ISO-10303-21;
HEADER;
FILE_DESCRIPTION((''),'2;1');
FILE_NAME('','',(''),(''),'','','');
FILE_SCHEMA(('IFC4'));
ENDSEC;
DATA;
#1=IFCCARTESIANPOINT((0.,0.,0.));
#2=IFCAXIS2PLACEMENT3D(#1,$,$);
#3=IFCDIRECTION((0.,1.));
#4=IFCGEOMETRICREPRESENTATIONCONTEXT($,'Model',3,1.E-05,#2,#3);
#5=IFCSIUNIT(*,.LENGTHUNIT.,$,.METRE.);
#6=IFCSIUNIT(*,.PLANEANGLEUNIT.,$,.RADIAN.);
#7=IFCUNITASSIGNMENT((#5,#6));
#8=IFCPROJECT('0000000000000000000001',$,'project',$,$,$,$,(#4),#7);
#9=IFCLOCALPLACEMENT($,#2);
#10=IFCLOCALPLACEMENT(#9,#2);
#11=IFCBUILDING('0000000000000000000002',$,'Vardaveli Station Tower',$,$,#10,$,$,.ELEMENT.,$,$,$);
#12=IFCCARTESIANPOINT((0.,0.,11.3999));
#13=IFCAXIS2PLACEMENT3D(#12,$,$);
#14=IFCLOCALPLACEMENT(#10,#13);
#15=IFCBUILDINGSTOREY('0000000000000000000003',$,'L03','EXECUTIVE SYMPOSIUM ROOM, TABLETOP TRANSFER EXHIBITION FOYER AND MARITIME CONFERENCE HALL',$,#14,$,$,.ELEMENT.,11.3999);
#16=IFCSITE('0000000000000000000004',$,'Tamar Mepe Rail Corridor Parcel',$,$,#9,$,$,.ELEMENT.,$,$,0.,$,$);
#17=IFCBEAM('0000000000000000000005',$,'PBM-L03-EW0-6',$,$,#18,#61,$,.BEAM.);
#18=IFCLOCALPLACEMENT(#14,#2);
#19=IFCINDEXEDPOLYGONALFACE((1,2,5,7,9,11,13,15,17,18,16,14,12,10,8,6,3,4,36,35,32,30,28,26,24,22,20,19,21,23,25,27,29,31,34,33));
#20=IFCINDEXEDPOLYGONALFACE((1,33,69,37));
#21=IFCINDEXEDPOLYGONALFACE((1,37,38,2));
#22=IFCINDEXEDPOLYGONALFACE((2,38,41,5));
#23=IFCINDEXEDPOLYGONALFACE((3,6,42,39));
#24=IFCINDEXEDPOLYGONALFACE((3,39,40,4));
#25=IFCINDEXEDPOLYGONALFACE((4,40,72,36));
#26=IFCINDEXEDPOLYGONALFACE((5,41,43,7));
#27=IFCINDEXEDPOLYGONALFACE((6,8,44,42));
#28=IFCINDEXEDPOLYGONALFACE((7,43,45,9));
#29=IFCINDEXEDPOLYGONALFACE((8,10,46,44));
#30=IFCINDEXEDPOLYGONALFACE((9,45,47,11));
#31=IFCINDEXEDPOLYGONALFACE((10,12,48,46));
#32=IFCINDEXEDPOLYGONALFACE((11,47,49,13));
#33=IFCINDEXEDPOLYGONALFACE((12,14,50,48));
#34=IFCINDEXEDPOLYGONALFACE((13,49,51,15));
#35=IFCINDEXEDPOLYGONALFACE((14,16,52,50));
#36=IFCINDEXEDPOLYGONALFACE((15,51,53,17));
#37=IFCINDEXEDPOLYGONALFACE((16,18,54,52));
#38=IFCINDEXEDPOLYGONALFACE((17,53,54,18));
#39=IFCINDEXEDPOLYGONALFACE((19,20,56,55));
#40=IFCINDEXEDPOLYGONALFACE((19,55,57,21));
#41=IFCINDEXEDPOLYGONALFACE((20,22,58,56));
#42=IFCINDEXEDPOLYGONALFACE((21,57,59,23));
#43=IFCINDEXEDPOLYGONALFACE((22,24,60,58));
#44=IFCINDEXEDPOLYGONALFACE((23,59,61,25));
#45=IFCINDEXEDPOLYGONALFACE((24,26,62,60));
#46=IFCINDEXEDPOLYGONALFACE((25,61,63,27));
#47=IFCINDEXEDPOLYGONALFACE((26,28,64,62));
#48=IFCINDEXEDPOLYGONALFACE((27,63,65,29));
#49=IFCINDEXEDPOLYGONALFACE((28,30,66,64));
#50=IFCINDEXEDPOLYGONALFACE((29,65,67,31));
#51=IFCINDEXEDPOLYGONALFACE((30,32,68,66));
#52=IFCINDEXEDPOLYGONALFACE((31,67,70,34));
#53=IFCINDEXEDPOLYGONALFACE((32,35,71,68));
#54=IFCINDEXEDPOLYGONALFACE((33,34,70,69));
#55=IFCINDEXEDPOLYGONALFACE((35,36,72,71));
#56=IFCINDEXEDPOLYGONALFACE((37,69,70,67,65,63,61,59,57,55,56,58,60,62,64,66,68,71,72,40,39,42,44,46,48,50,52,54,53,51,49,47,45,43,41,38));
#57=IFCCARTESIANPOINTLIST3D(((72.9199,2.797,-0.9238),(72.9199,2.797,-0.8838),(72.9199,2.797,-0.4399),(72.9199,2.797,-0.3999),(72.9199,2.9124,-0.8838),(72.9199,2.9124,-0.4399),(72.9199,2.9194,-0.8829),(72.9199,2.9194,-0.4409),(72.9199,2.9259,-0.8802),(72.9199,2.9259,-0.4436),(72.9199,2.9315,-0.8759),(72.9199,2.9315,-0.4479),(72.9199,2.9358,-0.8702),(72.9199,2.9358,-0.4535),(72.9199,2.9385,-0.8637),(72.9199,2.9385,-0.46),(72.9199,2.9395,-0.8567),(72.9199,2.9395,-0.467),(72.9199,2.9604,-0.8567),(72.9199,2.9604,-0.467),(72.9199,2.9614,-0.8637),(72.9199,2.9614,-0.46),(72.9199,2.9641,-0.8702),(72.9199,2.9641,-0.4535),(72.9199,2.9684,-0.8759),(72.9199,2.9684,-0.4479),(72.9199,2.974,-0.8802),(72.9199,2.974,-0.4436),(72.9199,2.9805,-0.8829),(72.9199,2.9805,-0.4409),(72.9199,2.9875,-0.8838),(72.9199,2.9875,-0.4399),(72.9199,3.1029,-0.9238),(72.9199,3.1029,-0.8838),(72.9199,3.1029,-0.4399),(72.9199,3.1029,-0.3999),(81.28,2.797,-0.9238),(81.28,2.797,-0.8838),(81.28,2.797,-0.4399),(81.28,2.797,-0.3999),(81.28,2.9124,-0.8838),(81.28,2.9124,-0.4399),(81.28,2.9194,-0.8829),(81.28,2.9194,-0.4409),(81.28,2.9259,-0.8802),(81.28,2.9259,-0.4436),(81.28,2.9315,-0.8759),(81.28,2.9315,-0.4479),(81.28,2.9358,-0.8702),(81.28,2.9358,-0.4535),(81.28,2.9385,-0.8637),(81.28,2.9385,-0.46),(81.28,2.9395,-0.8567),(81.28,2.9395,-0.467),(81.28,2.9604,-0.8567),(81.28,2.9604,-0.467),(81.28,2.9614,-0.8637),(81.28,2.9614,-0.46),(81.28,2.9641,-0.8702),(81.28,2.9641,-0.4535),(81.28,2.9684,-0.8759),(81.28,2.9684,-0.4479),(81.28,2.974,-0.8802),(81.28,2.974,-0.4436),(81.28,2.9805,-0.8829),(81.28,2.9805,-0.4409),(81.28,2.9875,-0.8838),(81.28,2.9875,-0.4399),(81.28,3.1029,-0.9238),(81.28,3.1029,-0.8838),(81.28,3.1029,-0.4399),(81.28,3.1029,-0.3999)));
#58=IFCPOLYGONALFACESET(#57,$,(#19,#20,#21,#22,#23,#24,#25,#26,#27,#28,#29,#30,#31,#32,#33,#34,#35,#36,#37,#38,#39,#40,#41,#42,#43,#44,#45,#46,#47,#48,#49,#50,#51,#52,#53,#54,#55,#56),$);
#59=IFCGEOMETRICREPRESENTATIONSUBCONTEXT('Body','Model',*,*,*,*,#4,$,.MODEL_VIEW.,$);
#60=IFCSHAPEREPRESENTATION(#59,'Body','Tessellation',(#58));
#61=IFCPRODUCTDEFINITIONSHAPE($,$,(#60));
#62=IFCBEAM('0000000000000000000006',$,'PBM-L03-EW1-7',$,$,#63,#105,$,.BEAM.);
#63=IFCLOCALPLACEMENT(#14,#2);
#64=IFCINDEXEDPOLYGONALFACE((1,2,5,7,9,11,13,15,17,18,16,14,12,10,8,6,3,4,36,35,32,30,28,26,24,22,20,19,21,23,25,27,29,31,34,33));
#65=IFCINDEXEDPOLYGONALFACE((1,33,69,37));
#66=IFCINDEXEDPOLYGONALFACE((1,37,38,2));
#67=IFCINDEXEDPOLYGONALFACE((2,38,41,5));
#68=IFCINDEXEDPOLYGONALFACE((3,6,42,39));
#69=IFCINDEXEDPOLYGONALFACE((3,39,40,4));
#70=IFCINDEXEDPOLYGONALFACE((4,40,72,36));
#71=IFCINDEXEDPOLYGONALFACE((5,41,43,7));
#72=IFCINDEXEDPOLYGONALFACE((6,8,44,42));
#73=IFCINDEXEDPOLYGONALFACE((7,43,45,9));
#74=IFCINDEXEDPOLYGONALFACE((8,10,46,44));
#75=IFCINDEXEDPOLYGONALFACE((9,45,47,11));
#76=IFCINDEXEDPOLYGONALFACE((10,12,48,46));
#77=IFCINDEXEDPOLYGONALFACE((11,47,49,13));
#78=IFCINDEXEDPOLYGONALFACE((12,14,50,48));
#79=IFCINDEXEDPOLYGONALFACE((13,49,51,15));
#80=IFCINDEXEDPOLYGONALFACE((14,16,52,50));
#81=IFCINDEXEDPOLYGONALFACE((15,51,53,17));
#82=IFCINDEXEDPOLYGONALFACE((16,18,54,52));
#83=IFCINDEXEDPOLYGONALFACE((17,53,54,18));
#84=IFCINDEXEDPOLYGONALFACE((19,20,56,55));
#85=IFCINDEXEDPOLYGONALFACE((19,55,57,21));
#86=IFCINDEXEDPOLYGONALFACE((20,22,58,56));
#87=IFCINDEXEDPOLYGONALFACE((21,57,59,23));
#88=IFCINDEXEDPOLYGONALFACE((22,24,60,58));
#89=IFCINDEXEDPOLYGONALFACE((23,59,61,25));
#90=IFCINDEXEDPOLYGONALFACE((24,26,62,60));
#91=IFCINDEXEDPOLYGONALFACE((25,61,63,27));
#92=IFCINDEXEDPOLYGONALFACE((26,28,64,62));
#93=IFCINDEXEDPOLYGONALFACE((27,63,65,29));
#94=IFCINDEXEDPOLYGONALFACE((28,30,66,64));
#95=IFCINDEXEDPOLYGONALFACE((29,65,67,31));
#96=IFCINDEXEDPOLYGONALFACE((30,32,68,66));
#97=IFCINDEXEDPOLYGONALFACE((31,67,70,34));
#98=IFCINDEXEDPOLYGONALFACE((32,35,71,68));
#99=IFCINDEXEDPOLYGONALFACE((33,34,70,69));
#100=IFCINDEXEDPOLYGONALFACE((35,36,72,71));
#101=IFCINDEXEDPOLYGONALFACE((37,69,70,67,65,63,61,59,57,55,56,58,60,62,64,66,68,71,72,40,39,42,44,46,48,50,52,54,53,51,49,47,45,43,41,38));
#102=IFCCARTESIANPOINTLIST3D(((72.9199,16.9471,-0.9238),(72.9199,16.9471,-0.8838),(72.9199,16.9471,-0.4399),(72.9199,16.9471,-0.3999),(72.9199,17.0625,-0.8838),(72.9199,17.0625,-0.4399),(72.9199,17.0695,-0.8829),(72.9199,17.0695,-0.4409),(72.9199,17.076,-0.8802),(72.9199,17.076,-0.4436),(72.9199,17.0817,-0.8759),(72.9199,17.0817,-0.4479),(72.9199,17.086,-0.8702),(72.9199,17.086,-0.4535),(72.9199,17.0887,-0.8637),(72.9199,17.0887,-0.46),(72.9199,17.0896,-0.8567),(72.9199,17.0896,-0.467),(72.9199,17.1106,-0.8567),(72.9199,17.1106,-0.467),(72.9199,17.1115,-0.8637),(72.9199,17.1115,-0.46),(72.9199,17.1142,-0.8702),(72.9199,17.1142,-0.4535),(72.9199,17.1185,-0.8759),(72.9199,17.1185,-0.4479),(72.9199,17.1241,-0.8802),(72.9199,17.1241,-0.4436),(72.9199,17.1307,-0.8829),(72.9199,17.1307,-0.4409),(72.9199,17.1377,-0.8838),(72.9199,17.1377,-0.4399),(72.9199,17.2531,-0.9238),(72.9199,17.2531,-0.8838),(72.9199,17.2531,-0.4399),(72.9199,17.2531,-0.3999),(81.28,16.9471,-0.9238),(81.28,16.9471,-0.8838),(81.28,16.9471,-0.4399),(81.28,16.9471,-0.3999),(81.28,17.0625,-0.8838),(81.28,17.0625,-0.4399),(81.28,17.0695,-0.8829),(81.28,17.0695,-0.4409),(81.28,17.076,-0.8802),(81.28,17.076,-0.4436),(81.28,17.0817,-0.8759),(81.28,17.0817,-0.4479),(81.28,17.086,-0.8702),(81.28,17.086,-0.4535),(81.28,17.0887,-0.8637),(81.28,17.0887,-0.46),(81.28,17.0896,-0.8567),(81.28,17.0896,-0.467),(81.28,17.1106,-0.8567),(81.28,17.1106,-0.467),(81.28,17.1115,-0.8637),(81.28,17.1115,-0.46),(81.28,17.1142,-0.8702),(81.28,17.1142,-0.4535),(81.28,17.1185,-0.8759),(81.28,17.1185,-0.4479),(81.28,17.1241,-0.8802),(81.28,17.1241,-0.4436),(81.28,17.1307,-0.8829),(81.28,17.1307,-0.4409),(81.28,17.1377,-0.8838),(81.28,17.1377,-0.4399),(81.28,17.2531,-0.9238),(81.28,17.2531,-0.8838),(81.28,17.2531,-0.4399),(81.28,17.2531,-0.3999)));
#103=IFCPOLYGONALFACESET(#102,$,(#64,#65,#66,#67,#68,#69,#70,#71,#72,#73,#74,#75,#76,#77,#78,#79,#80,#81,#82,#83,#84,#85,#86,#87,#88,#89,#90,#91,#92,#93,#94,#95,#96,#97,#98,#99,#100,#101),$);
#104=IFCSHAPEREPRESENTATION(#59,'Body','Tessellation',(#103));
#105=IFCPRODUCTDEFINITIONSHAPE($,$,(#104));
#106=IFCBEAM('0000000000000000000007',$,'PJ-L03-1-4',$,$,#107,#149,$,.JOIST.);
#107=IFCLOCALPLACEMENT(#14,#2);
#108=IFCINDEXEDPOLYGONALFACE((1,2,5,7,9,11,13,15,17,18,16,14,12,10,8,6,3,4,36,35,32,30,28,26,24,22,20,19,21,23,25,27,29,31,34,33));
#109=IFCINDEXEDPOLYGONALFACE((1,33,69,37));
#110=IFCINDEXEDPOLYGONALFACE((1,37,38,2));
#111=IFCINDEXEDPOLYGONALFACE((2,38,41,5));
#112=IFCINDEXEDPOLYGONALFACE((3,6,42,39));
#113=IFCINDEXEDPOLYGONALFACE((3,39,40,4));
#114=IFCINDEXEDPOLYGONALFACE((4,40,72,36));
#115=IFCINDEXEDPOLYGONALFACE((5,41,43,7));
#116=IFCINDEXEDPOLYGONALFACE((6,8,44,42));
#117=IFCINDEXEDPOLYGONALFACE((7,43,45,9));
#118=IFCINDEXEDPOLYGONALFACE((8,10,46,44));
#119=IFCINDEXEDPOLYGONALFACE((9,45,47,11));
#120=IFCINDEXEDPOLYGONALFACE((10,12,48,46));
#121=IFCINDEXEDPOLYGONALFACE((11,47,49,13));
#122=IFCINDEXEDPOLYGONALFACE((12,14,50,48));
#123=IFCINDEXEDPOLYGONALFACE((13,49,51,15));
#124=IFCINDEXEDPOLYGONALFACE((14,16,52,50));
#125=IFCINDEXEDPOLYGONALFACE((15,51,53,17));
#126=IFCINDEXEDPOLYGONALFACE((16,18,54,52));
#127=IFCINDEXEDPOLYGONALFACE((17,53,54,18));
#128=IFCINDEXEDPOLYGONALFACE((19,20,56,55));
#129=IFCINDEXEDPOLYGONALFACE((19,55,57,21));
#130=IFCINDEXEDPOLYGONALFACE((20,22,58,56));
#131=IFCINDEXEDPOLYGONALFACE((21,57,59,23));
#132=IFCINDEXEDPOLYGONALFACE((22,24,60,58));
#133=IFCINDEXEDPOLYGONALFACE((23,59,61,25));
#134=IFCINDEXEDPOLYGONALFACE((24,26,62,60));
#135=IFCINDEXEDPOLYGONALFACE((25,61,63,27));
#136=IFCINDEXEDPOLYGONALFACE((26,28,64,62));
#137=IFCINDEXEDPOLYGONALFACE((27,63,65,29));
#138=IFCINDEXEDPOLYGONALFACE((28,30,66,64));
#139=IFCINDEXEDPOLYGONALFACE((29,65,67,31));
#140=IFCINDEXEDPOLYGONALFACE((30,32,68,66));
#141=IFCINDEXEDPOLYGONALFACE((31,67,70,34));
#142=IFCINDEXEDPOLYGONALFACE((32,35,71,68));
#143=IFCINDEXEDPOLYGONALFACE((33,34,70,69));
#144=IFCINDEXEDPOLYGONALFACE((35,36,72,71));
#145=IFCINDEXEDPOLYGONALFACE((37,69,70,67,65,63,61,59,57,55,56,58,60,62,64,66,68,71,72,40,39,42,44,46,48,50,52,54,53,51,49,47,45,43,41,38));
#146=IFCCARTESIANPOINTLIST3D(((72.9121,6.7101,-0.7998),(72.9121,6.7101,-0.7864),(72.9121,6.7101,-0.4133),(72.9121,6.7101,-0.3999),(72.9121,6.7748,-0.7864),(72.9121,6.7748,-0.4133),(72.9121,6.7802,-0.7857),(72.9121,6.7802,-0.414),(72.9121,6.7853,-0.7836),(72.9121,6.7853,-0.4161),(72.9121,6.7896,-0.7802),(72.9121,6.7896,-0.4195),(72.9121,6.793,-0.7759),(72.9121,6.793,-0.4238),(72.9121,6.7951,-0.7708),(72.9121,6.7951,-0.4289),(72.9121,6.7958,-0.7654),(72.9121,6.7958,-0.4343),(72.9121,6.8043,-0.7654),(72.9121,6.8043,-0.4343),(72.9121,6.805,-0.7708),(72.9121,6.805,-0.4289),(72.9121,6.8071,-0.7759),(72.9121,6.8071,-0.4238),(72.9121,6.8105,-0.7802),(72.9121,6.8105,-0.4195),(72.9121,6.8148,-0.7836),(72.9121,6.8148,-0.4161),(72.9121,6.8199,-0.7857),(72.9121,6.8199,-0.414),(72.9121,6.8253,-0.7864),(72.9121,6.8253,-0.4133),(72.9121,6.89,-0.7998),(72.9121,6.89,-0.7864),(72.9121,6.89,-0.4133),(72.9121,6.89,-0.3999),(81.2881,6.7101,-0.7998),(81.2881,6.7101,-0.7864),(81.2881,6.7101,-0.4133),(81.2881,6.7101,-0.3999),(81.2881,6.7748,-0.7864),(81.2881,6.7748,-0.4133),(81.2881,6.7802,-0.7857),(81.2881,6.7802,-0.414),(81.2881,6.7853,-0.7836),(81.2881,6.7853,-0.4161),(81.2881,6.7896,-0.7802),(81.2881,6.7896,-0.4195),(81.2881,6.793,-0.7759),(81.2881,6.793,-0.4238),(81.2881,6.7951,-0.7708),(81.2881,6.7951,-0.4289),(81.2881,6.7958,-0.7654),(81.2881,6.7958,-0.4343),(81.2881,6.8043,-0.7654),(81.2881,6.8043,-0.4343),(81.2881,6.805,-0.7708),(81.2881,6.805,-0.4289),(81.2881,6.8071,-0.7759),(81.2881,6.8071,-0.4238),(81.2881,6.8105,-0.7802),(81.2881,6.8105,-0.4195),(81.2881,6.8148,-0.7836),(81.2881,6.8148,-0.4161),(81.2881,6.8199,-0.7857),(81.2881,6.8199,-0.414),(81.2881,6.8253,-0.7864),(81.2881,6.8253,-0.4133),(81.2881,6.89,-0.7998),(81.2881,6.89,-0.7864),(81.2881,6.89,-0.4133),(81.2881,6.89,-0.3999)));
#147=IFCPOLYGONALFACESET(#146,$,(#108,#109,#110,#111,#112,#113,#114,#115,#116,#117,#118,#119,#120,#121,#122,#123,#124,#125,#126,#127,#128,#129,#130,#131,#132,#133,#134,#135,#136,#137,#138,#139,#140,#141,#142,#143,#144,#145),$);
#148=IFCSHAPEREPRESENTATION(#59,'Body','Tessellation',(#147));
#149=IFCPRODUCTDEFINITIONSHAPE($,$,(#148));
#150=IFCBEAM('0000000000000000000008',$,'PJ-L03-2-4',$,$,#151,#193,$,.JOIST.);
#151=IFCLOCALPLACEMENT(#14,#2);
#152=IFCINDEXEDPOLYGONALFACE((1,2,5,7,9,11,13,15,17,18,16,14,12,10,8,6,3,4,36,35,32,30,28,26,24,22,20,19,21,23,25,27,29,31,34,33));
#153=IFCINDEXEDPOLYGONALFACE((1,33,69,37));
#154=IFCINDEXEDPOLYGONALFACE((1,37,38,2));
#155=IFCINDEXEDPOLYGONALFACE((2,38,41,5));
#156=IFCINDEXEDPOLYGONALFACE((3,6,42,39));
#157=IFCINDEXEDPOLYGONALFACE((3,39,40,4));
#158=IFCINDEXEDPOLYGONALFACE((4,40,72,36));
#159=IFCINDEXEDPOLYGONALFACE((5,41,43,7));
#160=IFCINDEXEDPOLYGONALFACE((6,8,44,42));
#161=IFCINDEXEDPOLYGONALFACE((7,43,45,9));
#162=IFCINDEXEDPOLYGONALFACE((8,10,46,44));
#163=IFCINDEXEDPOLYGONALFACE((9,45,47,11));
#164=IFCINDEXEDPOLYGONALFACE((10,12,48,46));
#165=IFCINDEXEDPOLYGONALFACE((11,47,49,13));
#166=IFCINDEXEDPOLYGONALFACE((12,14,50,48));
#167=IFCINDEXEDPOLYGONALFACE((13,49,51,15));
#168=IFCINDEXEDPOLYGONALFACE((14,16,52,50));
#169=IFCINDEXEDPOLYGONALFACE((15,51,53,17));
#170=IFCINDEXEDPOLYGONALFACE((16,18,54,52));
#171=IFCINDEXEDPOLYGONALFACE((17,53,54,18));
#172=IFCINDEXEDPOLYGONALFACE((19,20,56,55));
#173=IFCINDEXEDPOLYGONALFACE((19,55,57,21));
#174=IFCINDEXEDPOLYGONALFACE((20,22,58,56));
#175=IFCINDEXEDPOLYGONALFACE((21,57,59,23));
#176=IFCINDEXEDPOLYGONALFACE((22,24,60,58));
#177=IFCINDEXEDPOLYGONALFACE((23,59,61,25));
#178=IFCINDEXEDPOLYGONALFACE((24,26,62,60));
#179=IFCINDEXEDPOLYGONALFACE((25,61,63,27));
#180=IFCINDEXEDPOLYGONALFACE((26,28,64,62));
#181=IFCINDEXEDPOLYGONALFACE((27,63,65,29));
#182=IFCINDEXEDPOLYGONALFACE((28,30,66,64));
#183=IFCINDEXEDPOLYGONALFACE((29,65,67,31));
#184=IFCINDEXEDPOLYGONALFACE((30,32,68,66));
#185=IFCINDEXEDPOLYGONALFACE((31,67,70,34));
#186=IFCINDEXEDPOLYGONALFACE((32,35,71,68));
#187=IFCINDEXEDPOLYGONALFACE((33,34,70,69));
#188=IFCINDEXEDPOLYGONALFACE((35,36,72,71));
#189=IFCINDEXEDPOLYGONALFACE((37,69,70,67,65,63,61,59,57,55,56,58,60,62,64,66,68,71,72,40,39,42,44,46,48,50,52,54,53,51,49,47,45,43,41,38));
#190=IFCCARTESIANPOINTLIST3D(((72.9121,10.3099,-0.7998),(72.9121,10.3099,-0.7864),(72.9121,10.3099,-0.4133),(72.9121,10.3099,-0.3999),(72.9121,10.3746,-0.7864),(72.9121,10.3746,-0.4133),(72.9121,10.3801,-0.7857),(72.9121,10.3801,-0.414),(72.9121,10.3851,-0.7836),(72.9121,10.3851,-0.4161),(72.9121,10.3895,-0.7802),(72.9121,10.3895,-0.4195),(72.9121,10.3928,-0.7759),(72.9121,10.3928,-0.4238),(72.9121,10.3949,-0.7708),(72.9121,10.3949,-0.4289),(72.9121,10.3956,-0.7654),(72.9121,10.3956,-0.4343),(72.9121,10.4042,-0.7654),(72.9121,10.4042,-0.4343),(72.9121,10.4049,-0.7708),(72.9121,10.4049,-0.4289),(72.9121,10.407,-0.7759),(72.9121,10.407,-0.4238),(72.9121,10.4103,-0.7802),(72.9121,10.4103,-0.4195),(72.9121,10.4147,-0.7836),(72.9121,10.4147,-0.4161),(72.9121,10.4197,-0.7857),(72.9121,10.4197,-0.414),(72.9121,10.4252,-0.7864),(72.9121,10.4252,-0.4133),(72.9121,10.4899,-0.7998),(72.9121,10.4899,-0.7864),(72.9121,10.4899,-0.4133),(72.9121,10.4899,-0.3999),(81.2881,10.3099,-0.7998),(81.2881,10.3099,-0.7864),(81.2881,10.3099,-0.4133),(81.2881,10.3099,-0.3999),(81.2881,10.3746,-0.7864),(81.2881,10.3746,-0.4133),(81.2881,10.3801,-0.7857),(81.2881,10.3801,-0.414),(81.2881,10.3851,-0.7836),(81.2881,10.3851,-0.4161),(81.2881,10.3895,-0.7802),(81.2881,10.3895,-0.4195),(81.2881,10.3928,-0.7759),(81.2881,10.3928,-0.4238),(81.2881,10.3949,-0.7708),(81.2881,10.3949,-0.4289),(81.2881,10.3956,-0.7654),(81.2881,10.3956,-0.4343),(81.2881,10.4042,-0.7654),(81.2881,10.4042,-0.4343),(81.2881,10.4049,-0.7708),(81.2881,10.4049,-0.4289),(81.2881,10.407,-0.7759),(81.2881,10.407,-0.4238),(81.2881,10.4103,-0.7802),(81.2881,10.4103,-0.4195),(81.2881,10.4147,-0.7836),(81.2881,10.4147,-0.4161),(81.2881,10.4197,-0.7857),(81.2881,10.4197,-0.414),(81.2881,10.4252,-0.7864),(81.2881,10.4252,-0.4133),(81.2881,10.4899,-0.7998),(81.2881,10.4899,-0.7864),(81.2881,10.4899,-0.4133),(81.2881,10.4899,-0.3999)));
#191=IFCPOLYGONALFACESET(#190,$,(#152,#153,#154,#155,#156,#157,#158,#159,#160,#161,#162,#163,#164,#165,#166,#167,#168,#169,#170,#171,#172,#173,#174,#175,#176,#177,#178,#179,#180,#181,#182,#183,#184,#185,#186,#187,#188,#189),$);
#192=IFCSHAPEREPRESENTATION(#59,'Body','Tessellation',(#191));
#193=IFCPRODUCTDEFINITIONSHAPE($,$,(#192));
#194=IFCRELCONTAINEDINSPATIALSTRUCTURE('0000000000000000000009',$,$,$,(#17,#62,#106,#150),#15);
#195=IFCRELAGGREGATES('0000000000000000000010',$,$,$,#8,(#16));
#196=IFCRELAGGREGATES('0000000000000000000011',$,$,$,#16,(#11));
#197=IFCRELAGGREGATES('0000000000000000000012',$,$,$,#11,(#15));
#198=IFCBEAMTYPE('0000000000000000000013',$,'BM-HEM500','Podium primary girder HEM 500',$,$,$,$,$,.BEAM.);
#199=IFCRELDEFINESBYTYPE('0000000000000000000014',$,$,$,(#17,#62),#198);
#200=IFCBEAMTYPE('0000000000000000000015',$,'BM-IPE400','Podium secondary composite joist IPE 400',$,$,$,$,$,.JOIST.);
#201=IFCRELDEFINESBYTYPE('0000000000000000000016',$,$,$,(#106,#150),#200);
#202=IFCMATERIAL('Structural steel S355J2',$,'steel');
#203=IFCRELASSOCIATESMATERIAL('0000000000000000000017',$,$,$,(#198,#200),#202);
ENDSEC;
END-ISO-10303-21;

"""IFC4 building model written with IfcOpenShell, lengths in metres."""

from ifc_helpers import new_model, si_unit, direction, frame, origin, origin_2d, place, context, subcontext, project, spatial, i_section, extrude, source, transform, mapped, material, material_profile, profile_set, type_object, element, save


model = new_model("IFC4")

# Units and contexts
model_context = context("Model", 3, precision=1e-05, world=origin(), true_north=direction((0.0, 1.0)))
body_context = subcontext(model_context, "Body", "Model", "MODEL_VIEW")
ifc_project = project(units=[si_unit("LENGTHUNIT", "METRE"), si_unit("PLANEANGLEUNIT", "RADIAN")], contexts=[model_context])

# Site, building, storey
site_placement = place(None, origin())
site = spatial("IfcSite", under=ifc_project, at=site_placement, Name="Tamar Mepe Rail Corridor Parcel", CompositionType="ELEMENT", RefElevation=0.0)
building_placement = place(site_placement, origin())
building = spatial("IfcBuilding", under=site, at=building_placement, Name="Vardaveli Station Tower", CompositionType="ELEMENT")
storey_placement = place(building_placement, frame((0.0, 0.0, 11.3999)))
storey = spatial("IfcBuildingStorey", under=building, at=storey_placement, Name="L03", Description="EXECUTIVE SYMPOSIUM ROOM, TABLETOP TRANSFER EXHIBITION FOYER AND MARITIME CONFERENCE HALL", CompositionType="ELEMENT", Elevation=11.3999)

# Beams
ifc_material_1 = material(Name="Structural steel S355J2", Category="steel")
ifc_material_profile_1 = material_profile(ifc_material_1, i_section(OverallWidth=0.3059, OverallDepth=0.5239, WebThickness=0.021, FlangeThickness=0.04, FilletRadius=0.0271, at=origin_2d()), Name="HEM 500")
ifc_profile_set_1 = profile_set([ifc_material_profile_1], Name="Structural steel S355J2")
beam_type_1 = type_object("IfcBeamType", Name="BM-HEM500", Description="Podium primary girder HEM 500", PredefinedType="BEAM", material=ifc_profile_set_1)
shared_shape_1 = source(origin(), body_context, "Body", "SweptSolid", [
    extrude(i_section(OverallWidth=0.3059, OverallDepth=0.5239, WebThickness=0.021, FlangeThickness=0.04, FilletRadius=0.0271, at=origin_2d()), origin(), (0.0, 0.0, 1.0), 8.3601),
])
for number, where, z_axis, x_axis, name in (
    (1, (72.9199, 2.95, -0.6619), (1.0, 0.0, 0.0), (0.0, 1.0, 0.0), "PBM-L03-EW0-6"),
    (2, (72.9199, 17.1001, -0.6619), (1.0, 0.0, 0.0), (0.0, 1.0, 0.0), "PBM-L03-EW1-7"),
):
    element("IfcBeam", number, at=place(storey_placement, frame(where, z_axis=z_axis, x_axis=x_axis)), inside=storey, type_object=beam_type_1, Name=name, PredefinedType="BEAM", context=body_context, shape_type="MappedRepresentation", body=[
        mapped(shared_shape_1, transform((0.0, 0.0, 0.0), scale=1.0)),
    ])
ifc_material_profile_2 = material_profile(ifc_material_1, i_section(OverallWidth=0.1799, OverallDepth=0.3999, WebThickness=0.0085, FlangeThickness=0.0134, FilletRadius=0.021, at=origin_2d()), Name="IPE 400")
ifc_profile_set_2 = profile_set([ifc_material_profile_2], Name="Structural steel S355J2")
beam_type_2 = type_object("IfcBeamType", Name="BM-IPE400", Description="Podium secondary composite joist IPE 400", PredefinedType="JOIST", material=ifc_profile_set_2)
shared_shape_2 = source(origin(), body_context, "Body", "SweptSolid", [
    extrude(i_section(OverallWidth=0.1799, OverallDepth=0.3999, WebThickness=0.0085, FlangeThickness=0.0134, FilletRadius=0.021, at=origin_2d()), origin(), (0.0, 0.0, 1.0), 8.376),
])
for number, where, z_axis, x_axis, name in (
    (3, (72.9121, 6.8, -0.5999), (1.0, 0.0, 0.0), (0.0, 1.0, 0.0), "PJ-L03-1-4"),
    (4, (72.9121, 10.3999, -0.5999), (1.0, 0.0, 0.0), (0.0, 1.0, 0.0), "PJ-L03-2-4"),
):
    element("IfcBeam", number, at=place(storey_placement, frame(where, z_axis=z_axis, x_axis=x_axis)), inside=storey, type_object=beam_type_2, Name=name, PredefinedType="JOIST", context=body_context, shape_type="MappedRepresentation", body=[
        mapped(shared_shape_2, transform((0.0, 0.0, 0.0), scale=1.0)),
    ])

save(model, "model.ifc")
